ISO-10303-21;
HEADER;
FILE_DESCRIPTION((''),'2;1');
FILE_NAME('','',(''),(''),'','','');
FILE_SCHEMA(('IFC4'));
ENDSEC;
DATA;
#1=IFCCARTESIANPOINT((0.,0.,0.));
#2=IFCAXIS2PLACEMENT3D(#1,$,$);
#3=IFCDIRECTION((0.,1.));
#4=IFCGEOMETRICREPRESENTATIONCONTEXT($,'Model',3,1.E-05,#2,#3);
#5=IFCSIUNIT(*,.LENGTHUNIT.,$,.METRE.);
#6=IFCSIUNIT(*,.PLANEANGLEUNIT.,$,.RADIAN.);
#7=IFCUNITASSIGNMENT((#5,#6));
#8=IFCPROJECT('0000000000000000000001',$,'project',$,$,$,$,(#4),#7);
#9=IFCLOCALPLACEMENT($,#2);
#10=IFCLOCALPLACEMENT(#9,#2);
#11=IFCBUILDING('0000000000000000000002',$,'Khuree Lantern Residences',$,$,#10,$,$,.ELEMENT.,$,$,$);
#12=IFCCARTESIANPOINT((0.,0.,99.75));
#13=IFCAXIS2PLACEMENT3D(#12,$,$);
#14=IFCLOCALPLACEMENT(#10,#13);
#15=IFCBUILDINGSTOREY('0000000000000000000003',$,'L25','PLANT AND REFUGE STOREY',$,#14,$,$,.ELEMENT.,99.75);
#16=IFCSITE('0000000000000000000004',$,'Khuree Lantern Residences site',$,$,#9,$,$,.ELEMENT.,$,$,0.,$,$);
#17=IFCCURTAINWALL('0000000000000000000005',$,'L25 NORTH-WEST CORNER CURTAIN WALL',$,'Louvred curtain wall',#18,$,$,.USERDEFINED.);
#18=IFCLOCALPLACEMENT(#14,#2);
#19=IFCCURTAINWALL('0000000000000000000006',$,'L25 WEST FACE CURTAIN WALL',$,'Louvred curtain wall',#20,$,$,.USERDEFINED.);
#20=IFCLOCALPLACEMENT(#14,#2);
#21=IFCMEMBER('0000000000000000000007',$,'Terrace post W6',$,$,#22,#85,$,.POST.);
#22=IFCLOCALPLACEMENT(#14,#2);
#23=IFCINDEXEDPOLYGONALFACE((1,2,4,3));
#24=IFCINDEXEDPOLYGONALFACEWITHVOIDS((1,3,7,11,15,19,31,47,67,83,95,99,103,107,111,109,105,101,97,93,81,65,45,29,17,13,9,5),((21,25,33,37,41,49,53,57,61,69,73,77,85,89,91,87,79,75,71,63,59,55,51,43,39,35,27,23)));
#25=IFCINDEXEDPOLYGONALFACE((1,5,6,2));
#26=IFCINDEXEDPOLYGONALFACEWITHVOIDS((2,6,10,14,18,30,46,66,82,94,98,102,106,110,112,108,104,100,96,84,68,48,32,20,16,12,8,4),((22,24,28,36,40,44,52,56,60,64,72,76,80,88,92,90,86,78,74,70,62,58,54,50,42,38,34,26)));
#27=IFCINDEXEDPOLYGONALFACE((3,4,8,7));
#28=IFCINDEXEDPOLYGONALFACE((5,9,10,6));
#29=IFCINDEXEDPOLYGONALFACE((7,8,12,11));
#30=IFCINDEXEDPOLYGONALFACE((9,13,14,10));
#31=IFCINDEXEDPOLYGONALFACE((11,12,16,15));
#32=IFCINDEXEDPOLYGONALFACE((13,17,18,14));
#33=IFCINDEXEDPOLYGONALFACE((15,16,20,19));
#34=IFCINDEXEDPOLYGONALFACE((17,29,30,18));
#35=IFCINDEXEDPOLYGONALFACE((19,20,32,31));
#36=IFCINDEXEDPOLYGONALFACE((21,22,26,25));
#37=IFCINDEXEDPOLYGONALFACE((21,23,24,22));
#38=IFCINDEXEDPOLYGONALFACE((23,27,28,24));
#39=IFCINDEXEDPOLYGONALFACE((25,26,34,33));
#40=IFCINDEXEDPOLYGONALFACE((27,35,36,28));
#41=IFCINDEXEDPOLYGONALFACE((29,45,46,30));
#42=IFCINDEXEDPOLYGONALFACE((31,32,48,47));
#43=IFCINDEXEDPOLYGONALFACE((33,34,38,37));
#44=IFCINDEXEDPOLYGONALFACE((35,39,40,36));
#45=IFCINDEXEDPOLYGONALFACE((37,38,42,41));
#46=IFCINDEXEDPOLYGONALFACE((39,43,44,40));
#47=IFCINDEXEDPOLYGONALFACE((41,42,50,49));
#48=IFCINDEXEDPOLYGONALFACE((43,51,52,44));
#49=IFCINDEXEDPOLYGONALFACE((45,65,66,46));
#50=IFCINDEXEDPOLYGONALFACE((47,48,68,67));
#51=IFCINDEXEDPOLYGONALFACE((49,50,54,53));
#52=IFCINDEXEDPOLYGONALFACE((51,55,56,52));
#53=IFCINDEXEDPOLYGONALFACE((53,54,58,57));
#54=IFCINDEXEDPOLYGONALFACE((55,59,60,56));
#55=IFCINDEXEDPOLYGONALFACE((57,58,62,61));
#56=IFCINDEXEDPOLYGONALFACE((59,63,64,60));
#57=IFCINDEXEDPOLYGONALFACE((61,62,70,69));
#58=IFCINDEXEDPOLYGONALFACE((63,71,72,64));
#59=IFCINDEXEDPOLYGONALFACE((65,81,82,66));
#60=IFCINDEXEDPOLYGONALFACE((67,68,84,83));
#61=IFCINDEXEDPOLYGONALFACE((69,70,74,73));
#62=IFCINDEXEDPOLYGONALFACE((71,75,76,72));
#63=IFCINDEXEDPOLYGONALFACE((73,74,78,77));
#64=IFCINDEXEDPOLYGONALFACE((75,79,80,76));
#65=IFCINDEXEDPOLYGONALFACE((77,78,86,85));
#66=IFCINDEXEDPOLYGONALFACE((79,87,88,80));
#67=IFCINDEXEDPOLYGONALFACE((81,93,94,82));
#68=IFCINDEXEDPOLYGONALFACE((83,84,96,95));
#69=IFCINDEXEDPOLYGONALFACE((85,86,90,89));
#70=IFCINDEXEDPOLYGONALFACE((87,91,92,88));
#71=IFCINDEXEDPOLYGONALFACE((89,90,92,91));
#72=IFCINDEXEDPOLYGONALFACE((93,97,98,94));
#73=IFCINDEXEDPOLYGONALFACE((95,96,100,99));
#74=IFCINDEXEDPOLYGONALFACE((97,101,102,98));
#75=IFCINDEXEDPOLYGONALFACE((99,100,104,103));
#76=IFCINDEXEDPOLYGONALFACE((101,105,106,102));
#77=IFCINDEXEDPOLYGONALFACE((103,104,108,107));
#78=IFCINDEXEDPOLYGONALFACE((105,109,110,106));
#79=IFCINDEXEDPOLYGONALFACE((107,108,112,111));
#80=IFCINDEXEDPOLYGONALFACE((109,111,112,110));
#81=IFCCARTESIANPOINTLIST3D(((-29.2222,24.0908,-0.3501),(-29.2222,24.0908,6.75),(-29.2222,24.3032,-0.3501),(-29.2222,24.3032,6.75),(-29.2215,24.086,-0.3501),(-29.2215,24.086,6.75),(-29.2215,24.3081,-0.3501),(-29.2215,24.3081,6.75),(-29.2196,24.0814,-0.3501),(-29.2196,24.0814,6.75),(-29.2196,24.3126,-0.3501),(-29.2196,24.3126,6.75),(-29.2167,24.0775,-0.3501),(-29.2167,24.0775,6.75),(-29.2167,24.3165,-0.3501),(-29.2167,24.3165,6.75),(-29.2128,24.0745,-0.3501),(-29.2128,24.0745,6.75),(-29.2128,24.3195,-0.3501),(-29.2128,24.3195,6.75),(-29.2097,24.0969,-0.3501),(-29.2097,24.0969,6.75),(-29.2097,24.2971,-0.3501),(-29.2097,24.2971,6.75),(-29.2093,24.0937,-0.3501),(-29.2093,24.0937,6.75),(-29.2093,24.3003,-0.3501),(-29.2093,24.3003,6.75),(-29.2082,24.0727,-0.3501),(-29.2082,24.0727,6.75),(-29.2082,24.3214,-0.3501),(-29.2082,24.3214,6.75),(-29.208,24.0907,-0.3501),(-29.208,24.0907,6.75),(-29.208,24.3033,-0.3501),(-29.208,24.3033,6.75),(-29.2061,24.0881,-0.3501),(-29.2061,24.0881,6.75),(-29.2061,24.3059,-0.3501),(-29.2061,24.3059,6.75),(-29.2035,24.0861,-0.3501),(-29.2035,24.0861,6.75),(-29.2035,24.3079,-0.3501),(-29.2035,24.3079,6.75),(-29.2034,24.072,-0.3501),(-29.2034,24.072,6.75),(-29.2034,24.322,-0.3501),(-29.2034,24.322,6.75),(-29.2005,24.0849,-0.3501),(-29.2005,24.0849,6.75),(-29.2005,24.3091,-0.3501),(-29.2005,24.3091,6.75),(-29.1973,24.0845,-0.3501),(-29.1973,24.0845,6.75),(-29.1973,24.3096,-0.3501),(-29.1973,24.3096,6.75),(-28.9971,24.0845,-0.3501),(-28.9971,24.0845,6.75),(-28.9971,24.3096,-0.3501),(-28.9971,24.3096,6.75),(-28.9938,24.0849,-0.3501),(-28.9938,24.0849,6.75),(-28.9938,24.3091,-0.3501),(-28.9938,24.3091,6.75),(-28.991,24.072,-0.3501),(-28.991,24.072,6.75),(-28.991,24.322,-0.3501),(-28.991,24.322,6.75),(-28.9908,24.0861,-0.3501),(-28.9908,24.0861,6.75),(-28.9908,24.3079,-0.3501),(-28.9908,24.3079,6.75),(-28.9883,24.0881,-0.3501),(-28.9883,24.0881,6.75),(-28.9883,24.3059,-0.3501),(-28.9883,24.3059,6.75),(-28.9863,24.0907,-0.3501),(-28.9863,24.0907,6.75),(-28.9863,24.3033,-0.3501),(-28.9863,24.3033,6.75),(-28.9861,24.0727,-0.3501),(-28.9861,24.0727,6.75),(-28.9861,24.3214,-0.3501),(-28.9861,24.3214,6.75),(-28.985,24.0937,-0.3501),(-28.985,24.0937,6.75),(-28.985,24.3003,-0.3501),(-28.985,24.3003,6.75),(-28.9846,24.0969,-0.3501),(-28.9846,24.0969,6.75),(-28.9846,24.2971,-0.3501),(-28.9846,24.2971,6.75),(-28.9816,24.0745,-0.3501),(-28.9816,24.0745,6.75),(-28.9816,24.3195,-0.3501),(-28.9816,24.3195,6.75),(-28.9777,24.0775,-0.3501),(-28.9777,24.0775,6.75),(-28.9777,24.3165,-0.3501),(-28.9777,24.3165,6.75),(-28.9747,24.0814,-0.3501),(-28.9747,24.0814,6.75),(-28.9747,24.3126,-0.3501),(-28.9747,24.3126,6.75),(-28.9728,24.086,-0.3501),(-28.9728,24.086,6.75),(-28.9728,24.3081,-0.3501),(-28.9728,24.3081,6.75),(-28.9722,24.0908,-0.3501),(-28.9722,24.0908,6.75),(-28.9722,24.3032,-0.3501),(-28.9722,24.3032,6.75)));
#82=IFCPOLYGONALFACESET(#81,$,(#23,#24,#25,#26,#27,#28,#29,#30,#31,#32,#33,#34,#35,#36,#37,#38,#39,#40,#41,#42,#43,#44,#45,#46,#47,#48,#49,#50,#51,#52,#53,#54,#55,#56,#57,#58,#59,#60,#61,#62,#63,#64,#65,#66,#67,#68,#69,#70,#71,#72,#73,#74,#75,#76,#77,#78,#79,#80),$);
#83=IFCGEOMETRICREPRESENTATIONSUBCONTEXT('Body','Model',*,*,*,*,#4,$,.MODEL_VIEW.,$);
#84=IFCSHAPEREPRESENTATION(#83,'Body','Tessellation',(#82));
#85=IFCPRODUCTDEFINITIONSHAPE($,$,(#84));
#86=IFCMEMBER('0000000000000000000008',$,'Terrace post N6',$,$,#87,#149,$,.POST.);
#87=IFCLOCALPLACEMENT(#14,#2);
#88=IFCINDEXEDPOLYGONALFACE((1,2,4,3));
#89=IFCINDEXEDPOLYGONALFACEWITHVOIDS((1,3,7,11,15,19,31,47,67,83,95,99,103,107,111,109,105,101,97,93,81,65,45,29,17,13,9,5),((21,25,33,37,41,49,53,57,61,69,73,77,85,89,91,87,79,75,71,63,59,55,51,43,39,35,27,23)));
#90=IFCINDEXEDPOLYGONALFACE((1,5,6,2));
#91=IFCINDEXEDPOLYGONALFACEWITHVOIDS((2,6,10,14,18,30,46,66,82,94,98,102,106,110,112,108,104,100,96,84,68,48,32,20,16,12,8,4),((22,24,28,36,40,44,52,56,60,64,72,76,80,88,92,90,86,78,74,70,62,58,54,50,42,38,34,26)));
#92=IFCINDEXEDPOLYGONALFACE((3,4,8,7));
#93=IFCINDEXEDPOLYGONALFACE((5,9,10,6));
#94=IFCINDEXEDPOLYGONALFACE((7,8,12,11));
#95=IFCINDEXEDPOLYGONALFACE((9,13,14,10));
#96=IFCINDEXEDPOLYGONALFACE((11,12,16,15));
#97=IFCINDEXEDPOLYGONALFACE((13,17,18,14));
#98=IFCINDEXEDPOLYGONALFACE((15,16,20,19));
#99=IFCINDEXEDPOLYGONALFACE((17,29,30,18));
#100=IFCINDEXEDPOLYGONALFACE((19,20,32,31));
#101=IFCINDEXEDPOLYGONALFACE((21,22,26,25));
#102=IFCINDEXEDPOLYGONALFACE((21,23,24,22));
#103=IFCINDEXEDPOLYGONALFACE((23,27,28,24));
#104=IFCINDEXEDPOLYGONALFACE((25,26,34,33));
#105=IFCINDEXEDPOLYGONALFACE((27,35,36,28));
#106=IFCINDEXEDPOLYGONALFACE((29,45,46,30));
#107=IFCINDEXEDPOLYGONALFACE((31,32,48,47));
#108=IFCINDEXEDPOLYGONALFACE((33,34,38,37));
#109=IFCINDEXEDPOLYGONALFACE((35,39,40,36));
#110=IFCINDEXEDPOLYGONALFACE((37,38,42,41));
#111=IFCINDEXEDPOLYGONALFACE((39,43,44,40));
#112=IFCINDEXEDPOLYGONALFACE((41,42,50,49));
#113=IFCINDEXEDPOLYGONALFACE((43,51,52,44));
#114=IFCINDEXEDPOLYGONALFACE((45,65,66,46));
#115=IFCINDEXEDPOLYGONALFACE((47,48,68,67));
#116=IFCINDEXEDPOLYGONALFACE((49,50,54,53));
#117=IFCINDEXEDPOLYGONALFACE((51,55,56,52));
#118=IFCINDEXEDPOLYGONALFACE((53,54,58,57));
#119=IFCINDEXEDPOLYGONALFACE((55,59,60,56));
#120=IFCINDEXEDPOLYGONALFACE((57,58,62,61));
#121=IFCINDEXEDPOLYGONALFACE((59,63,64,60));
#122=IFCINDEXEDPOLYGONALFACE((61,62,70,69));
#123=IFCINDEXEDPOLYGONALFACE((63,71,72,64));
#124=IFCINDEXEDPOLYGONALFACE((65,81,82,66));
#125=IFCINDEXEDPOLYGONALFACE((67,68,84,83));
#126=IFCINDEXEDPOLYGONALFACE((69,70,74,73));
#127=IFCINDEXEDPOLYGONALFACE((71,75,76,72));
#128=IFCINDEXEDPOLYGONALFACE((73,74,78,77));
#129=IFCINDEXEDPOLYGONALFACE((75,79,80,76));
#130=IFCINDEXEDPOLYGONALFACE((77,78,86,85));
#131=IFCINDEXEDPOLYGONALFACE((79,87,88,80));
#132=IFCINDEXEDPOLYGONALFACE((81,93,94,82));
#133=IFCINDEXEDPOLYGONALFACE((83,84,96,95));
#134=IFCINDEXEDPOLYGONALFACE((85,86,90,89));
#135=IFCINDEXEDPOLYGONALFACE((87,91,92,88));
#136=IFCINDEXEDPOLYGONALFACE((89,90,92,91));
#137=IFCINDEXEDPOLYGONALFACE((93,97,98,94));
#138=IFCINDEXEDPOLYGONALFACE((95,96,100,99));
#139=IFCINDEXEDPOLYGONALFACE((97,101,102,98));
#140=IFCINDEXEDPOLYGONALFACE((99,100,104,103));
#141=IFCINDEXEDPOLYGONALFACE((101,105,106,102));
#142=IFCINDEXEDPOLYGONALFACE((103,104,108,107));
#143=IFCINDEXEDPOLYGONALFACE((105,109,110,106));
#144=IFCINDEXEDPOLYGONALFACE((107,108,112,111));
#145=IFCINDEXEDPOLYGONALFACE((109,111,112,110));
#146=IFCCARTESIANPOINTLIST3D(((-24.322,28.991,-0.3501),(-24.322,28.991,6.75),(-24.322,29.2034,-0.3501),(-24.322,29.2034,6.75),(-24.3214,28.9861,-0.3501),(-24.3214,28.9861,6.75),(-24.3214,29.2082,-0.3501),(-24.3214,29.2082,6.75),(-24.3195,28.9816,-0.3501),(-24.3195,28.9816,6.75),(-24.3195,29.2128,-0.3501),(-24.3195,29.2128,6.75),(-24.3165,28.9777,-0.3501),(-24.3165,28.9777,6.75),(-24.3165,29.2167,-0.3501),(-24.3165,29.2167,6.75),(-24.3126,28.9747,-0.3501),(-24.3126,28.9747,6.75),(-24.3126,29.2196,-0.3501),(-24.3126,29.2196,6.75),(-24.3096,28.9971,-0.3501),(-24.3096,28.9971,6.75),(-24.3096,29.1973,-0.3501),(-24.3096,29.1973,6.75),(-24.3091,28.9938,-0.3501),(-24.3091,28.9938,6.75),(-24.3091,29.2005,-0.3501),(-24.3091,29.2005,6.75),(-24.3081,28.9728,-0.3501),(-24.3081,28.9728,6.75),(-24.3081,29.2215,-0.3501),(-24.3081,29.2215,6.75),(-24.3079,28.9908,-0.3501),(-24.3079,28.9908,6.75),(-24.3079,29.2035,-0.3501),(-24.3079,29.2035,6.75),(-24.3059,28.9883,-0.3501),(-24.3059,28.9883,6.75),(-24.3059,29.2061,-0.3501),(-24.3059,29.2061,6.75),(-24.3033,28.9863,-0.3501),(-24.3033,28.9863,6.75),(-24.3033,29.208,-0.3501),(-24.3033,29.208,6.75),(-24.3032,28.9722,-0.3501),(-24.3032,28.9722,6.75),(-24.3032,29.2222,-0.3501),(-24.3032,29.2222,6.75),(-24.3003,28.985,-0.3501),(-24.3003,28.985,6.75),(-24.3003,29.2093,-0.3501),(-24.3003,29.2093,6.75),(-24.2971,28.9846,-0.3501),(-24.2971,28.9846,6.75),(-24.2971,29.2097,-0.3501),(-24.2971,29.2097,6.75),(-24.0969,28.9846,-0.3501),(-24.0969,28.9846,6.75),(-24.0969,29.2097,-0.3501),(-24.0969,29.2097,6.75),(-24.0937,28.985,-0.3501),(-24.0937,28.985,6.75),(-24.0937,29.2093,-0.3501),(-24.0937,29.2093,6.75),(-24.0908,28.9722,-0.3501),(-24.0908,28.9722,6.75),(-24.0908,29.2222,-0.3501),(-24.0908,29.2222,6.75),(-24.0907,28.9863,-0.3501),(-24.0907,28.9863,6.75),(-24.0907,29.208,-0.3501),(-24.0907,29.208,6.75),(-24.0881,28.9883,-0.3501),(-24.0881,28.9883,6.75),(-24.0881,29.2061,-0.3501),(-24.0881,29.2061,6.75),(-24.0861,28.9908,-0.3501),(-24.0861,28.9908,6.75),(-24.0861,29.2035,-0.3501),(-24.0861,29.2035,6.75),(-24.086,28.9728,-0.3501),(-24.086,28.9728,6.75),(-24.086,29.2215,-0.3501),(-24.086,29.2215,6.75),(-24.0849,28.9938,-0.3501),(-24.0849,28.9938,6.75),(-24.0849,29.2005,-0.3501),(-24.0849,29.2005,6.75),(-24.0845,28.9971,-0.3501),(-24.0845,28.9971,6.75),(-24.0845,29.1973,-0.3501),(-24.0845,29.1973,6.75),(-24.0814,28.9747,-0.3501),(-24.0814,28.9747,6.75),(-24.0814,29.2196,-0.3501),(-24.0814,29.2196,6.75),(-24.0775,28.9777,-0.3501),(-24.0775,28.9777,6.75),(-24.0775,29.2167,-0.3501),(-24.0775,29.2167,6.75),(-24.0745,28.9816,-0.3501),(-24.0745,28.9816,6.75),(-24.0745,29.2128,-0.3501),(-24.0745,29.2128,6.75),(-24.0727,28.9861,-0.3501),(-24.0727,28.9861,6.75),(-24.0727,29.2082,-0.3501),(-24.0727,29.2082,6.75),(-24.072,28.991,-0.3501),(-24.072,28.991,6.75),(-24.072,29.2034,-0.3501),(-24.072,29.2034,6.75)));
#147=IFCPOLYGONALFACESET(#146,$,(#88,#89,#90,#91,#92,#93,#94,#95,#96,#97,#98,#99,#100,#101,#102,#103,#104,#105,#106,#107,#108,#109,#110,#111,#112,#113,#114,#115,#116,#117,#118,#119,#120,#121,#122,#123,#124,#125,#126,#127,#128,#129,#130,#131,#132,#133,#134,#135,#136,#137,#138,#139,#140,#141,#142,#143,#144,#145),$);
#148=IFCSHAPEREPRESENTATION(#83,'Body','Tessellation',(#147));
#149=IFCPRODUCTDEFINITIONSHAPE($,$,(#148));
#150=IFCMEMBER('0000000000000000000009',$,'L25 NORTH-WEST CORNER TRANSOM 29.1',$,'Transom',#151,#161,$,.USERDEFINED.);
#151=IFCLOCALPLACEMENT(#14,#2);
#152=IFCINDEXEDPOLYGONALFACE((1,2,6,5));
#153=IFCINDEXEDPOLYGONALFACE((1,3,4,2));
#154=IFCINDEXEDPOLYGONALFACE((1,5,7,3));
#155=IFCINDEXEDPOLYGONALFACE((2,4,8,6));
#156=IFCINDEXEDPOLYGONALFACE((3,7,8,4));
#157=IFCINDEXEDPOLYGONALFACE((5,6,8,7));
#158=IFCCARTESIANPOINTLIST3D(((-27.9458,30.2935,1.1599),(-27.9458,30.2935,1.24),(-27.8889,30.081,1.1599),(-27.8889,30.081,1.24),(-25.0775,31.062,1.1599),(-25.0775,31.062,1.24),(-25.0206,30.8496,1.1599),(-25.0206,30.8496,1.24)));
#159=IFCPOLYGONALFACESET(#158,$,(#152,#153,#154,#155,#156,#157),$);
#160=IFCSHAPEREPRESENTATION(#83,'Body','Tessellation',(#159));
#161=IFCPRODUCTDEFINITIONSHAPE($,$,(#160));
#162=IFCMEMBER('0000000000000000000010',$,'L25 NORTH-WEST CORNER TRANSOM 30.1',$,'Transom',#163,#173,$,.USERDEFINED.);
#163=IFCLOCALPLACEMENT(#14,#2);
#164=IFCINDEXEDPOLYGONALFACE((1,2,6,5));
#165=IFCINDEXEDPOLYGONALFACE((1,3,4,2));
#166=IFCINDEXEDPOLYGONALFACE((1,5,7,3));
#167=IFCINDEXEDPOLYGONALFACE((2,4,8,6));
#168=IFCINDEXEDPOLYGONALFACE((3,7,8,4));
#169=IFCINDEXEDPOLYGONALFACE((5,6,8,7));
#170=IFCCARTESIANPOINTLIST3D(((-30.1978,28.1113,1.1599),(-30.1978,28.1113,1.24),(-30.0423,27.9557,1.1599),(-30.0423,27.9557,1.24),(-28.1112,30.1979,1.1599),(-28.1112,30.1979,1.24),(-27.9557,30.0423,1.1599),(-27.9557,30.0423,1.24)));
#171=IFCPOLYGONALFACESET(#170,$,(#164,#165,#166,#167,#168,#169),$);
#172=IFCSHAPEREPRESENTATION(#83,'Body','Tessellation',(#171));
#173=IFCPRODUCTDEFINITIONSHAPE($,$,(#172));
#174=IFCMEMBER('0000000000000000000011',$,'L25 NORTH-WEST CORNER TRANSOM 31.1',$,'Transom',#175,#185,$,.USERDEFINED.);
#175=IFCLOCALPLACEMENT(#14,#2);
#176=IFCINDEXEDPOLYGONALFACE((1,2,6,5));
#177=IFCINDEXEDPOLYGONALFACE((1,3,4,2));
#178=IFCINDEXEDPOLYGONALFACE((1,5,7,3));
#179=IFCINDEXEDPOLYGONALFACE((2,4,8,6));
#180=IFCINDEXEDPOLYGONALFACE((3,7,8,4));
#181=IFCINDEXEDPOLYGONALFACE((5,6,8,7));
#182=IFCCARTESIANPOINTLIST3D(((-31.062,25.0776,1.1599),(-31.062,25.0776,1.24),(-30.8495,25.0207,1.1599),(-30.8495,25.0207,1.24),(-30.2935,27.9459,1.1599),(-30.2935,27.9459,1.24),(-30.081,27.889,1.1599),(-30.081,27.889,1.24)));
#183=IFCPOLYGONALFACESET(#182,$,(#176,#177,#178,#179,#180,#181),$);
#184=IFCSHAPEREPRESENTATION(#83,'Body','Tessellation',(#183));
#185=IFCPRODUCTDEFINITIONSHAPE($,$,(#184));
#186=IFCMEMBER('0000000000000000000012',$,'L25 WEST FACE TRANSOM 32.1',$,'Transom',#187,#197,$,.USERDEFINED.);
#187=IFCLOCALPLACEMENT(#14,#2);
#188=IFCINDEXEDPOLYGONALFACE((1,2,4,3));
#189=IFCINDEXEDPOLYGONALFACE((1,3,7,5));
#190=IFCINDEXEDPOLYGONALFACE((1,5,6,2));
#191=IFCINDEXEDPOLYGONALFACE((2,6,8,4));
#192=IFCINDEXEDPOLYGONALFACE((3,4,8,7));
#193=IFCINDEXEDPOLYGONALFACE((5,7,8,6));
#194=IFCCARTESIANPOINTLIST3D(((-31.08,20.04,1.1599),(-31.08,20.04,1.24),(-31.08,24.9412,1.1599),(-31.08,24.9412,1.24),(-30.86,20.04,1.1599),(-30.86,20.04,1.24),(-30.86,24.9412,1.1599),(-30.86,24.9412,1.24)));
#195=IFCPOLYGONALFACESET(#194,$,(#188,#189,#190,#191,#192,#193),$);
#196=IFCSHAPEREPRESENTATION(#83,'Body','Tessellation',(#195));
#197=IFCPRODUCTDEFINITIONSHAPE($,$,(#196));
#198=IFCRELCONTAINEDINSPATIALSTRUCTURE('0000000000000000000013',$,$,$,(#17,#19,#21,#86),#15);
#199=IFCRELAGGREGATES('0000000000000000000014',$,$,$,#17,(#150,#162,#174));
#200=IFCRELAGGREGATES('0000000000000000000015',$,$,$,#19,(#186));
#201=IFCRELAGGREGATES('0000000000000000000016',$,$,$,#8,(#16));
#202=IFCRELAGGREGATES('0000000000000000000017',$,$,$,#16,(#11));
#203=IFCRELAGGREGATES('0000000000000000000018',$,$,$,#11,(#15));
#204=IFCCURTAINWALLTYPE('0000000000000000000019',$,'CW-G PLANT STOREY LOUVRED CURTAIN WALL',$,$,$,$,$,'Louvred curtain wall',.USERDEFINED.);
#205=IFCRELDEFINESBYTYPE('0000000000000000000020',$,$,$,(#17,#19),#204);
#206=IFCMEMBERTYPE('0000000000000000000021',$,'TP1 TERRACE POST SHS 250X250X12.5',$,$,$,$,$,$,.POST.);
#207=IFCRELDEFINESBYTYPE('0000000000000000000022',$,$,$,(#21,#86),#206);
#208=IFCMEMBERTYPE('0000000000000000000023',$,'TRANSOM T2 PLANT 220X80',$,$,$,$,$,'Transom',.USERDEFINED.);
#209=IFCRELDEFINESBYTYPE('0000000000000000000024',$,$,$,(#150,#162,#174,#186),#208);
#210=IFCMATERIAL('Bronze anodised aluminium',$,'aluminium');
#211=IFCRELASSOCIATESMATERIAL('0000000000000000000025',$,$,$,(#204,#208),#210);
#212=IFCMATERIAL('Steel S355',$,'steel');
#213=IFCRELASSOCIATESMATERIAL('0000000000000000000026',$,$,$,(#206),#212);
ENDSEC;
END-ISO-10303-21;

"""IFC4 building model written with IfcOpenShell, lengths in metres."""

from ifc_helpers import new_model, si_unit, direction, frame, origin, origin_2d, place, context, subcontext, project, spatial, rectangle, hollow_rectangle, extrude, material, material_profile, profile_set, type_object, element, aggregate, save


model = new_model("IFC4")

# Units and contexts
model_context = context("Model", 3, precision=1e-05, world=origin(), true_north=direction((0.0, 1.0)))
body_context = subcontext(model_context, "Body", "Model", "MODEL_VIEW")
ifc_project = project(units=[si_unit("LENGTHUNIT", "METRE"), si_unit("PLANEANGLEUNIT", "RADIAN")], contexts=[model_context])

# Site, building, storey
site_placement = place(None, origin())
site = spatial("IfcSite", under=ifc_project, at=site_placement, Name="Khuree Lantern Residences site", CompositionType="ELEMENT", RefElevation=0.0)
building_placement = place(site_placement, origin())
building = spatial("IfcBuilding", under=site, at=building_placement, Name="Khuree Lantern Residences", CompositionType="ELEMENT")
storey_placement = place(building_placement, frame((0.0, 0.0, 99.75)))
storey = spatial("IfcBuildingStorey", under=building, at=storey_placement, Name="L25", Description="PLANT AND REFUGE STOREY", CompositionType="ELEMENT", Elevation=99.75)

# Shared definitions
ifc_material_1 = material(Name="Steel S355", Category="steel")

# Curtain walls
ifc_material_2 = material(Name="Bronze anodised aluminium", Category="aluminium")
curtain_wall_type = type_object("IfcCurtainWallType", Name="CW-G PLANT STOREY LOUVRED CURTAIN WALL", ElementType="Louvred curtain wall", PredefinedType="USERDEFINED", material=ifc_material_2)
curtain_wall_1_placement = place(storey_placement, origin())
curtain_wall_1 = element("IfcCurtainWall", 1, at=curtain_wall_1_placement, inside=storey, type_object=curtain_wall_type, Name="L25 NORTH-WEST CORNER CURTAIN WALL", ObjectType="Louvred curtain wall", PredefinedType="USERDEFINED")
curtain_wall_2_placement = place(storey_placement, origin())
curtain_wall_2 = element("IfcCurtainWall", 2, at=curtain_wall_2_placement, inside=storey, type_object=curtain_wall_type, Name="L25 WEST FACE CURTAIN WALL", ObjectType="Louvred curtain wall", PredefinedType="USERDEFINED")

# Members
ifc_material_profile_1 = material_profile(ifc_material_1, hollow_rectangle(XDim=0.25, YDim=0.25, WallThickness=0.0125, InnerFilletRadius=0.0125, OuterFilletRadius=0.0188, at=origin_2d()), Name="SHS 250X250X12.5")
ifc_profile_set_1 = profile_set([ifc_material_profile_1], Name="Steel S355")
member_type_1 = type_object("IfcMemberType", Name="TP1 TERRACE POST SHS 250X250X12.5", PredefinedType="POST", material=ifc_profile_set_1)
for number, where, z_axis, x_axis, name in (
    (3, (-29.0972, 24.197, -0.3501), (0.0, 0.0, 1.0), (1.0, 0.0, 0.0), "Terrace post W6"),
    (4, (-24.197, 29.0972, -0.3501), (0.0, 0.0, 1.0), (1.0, 0.0, 0.0), "Terrace post N6"),
):
    element("IfcMember", number, at=place(storey_placement, frame(where, z_axis=z_axis, x_axis=x_axis)), inside=storey, type_object=member_type_1, Name=name, PredefinedType="POST", context=body_context, shape_type="SweptSolid", body=[
        extrude(hollow_rectangle(XDim=0.25, YDim=0.25, WallThickness=0.0125, InnerFilletRadius=0.0125, OuterFilletRadius=0.0188, at=origin_2d()), origin(), (0.0, 0.0, 1.0), 7.1001),
    ])

# Members
ifc_material_profile_2 = material_profile(ifc_material_2, rectangle(XDim=0.22, YDim=0.0801, at=origin_2d()), Name="T2 220X80")
ifc_profile_set_2 = profile_set([ifc_material_profile_2], Name="Bronze anodised aluminium")
member_type_2 = type_object("IfcMemberType", Name="TRANSOM T2 PLANT 220X80", ElementType="Transom", PredefinedType="USERDEFINED", material=ifc_profile_set_2)
member_1_placement = place(storey_placement, frame((-25.0491, 30.9558, 1.2), z_axis=(-0.965929, -0.258809, 0.0), x_axis=(0.258809, -0.965929, 0.0)))
member_1 = element("IfcMember", 5, at=member_1_placement, type_object=member_type_2, Name="L25 NORTH-WEST CORNER TRANSOM 29.1", ObjectType="Transom", PredefinedType="USERDEFINED", context=body_context, shape_type="SweptSolid", body=[
    extrude(rectangle(XDim=0.22, YDim=0.0801, at=origin_2d()), origin(), (0.0, 0.0, 1.0), 2.9695),
])
member_2_placement = place(storey_placement, frame((-28.0334, 30.1201, 1.2), z_axis=(-0.707107, -0.707107, 0.0), x_axis=(0.707107, -0.707107, 0.0)))
member_2 = element("IfcMember", 6, at=member_2_placement, type_object=member_type_2, Name="L25 NORTH-WEST CORNER TRANSOM 30.1", ObjectType="Transom", PredefinedType="USERDEFINED", context=body_context, shape_type="SweptSolid", body=[
    extrude(rectangle(XDim=0.22, YDim=0.0801, at=origin_2d()), origin(), (0.0, 0.0, 1.0), 2.9509),
])
member_3_placement = place(storey_placement, frame((-30.1873, 27.9175, 1.2), z_axis=(-0.258809, -0.965929, 0.0), x_axis=(0.965929, -0.258809, 0.0)))
member_3 = element("IfcMember", 7, at=member_3_placement, type_object=member_type_2, Name="L25 NORTH-WEST CORNER TRANSOM 31.1", ObjectType="Transom", PredefinedType="USERDEFINED", context=body_context, shape_type="SweptSolid", body=[
    extrude(rectangle(XDim=0.22, YDim=0.0801, at=origin_2d()), origin(), (0.0, 0.0, 1.0), 2.9695),
])
member_4_placement = place(storey_placement, frame((-30.97, 24.9412, 1.2), z_axis=(0.0, -1.0, 0.0), x_axis=(1.0, 0.0, 0.0)))
member_4 = element("IfcMember", 8, at=member_4_placement, type_object=member_type_2, Name="L25 WEST FACE TRANSOM 32.1", ObjectType="Transom", PredefinedType="USERDEFINED", context=body_context, shape_type="SweptSolid", body=[
    extrude(rectangle(XDim=0.22, YDim=0.0801, at=origin_2d()), origin(), (0.0, 0.0, 1.0), 4.9011),
])

aggregate(curtain_wall_1, [member_1, member_2, member_3])
aggregate(curtain_wall_2, [member_4])

save(model, "model.ifc")
